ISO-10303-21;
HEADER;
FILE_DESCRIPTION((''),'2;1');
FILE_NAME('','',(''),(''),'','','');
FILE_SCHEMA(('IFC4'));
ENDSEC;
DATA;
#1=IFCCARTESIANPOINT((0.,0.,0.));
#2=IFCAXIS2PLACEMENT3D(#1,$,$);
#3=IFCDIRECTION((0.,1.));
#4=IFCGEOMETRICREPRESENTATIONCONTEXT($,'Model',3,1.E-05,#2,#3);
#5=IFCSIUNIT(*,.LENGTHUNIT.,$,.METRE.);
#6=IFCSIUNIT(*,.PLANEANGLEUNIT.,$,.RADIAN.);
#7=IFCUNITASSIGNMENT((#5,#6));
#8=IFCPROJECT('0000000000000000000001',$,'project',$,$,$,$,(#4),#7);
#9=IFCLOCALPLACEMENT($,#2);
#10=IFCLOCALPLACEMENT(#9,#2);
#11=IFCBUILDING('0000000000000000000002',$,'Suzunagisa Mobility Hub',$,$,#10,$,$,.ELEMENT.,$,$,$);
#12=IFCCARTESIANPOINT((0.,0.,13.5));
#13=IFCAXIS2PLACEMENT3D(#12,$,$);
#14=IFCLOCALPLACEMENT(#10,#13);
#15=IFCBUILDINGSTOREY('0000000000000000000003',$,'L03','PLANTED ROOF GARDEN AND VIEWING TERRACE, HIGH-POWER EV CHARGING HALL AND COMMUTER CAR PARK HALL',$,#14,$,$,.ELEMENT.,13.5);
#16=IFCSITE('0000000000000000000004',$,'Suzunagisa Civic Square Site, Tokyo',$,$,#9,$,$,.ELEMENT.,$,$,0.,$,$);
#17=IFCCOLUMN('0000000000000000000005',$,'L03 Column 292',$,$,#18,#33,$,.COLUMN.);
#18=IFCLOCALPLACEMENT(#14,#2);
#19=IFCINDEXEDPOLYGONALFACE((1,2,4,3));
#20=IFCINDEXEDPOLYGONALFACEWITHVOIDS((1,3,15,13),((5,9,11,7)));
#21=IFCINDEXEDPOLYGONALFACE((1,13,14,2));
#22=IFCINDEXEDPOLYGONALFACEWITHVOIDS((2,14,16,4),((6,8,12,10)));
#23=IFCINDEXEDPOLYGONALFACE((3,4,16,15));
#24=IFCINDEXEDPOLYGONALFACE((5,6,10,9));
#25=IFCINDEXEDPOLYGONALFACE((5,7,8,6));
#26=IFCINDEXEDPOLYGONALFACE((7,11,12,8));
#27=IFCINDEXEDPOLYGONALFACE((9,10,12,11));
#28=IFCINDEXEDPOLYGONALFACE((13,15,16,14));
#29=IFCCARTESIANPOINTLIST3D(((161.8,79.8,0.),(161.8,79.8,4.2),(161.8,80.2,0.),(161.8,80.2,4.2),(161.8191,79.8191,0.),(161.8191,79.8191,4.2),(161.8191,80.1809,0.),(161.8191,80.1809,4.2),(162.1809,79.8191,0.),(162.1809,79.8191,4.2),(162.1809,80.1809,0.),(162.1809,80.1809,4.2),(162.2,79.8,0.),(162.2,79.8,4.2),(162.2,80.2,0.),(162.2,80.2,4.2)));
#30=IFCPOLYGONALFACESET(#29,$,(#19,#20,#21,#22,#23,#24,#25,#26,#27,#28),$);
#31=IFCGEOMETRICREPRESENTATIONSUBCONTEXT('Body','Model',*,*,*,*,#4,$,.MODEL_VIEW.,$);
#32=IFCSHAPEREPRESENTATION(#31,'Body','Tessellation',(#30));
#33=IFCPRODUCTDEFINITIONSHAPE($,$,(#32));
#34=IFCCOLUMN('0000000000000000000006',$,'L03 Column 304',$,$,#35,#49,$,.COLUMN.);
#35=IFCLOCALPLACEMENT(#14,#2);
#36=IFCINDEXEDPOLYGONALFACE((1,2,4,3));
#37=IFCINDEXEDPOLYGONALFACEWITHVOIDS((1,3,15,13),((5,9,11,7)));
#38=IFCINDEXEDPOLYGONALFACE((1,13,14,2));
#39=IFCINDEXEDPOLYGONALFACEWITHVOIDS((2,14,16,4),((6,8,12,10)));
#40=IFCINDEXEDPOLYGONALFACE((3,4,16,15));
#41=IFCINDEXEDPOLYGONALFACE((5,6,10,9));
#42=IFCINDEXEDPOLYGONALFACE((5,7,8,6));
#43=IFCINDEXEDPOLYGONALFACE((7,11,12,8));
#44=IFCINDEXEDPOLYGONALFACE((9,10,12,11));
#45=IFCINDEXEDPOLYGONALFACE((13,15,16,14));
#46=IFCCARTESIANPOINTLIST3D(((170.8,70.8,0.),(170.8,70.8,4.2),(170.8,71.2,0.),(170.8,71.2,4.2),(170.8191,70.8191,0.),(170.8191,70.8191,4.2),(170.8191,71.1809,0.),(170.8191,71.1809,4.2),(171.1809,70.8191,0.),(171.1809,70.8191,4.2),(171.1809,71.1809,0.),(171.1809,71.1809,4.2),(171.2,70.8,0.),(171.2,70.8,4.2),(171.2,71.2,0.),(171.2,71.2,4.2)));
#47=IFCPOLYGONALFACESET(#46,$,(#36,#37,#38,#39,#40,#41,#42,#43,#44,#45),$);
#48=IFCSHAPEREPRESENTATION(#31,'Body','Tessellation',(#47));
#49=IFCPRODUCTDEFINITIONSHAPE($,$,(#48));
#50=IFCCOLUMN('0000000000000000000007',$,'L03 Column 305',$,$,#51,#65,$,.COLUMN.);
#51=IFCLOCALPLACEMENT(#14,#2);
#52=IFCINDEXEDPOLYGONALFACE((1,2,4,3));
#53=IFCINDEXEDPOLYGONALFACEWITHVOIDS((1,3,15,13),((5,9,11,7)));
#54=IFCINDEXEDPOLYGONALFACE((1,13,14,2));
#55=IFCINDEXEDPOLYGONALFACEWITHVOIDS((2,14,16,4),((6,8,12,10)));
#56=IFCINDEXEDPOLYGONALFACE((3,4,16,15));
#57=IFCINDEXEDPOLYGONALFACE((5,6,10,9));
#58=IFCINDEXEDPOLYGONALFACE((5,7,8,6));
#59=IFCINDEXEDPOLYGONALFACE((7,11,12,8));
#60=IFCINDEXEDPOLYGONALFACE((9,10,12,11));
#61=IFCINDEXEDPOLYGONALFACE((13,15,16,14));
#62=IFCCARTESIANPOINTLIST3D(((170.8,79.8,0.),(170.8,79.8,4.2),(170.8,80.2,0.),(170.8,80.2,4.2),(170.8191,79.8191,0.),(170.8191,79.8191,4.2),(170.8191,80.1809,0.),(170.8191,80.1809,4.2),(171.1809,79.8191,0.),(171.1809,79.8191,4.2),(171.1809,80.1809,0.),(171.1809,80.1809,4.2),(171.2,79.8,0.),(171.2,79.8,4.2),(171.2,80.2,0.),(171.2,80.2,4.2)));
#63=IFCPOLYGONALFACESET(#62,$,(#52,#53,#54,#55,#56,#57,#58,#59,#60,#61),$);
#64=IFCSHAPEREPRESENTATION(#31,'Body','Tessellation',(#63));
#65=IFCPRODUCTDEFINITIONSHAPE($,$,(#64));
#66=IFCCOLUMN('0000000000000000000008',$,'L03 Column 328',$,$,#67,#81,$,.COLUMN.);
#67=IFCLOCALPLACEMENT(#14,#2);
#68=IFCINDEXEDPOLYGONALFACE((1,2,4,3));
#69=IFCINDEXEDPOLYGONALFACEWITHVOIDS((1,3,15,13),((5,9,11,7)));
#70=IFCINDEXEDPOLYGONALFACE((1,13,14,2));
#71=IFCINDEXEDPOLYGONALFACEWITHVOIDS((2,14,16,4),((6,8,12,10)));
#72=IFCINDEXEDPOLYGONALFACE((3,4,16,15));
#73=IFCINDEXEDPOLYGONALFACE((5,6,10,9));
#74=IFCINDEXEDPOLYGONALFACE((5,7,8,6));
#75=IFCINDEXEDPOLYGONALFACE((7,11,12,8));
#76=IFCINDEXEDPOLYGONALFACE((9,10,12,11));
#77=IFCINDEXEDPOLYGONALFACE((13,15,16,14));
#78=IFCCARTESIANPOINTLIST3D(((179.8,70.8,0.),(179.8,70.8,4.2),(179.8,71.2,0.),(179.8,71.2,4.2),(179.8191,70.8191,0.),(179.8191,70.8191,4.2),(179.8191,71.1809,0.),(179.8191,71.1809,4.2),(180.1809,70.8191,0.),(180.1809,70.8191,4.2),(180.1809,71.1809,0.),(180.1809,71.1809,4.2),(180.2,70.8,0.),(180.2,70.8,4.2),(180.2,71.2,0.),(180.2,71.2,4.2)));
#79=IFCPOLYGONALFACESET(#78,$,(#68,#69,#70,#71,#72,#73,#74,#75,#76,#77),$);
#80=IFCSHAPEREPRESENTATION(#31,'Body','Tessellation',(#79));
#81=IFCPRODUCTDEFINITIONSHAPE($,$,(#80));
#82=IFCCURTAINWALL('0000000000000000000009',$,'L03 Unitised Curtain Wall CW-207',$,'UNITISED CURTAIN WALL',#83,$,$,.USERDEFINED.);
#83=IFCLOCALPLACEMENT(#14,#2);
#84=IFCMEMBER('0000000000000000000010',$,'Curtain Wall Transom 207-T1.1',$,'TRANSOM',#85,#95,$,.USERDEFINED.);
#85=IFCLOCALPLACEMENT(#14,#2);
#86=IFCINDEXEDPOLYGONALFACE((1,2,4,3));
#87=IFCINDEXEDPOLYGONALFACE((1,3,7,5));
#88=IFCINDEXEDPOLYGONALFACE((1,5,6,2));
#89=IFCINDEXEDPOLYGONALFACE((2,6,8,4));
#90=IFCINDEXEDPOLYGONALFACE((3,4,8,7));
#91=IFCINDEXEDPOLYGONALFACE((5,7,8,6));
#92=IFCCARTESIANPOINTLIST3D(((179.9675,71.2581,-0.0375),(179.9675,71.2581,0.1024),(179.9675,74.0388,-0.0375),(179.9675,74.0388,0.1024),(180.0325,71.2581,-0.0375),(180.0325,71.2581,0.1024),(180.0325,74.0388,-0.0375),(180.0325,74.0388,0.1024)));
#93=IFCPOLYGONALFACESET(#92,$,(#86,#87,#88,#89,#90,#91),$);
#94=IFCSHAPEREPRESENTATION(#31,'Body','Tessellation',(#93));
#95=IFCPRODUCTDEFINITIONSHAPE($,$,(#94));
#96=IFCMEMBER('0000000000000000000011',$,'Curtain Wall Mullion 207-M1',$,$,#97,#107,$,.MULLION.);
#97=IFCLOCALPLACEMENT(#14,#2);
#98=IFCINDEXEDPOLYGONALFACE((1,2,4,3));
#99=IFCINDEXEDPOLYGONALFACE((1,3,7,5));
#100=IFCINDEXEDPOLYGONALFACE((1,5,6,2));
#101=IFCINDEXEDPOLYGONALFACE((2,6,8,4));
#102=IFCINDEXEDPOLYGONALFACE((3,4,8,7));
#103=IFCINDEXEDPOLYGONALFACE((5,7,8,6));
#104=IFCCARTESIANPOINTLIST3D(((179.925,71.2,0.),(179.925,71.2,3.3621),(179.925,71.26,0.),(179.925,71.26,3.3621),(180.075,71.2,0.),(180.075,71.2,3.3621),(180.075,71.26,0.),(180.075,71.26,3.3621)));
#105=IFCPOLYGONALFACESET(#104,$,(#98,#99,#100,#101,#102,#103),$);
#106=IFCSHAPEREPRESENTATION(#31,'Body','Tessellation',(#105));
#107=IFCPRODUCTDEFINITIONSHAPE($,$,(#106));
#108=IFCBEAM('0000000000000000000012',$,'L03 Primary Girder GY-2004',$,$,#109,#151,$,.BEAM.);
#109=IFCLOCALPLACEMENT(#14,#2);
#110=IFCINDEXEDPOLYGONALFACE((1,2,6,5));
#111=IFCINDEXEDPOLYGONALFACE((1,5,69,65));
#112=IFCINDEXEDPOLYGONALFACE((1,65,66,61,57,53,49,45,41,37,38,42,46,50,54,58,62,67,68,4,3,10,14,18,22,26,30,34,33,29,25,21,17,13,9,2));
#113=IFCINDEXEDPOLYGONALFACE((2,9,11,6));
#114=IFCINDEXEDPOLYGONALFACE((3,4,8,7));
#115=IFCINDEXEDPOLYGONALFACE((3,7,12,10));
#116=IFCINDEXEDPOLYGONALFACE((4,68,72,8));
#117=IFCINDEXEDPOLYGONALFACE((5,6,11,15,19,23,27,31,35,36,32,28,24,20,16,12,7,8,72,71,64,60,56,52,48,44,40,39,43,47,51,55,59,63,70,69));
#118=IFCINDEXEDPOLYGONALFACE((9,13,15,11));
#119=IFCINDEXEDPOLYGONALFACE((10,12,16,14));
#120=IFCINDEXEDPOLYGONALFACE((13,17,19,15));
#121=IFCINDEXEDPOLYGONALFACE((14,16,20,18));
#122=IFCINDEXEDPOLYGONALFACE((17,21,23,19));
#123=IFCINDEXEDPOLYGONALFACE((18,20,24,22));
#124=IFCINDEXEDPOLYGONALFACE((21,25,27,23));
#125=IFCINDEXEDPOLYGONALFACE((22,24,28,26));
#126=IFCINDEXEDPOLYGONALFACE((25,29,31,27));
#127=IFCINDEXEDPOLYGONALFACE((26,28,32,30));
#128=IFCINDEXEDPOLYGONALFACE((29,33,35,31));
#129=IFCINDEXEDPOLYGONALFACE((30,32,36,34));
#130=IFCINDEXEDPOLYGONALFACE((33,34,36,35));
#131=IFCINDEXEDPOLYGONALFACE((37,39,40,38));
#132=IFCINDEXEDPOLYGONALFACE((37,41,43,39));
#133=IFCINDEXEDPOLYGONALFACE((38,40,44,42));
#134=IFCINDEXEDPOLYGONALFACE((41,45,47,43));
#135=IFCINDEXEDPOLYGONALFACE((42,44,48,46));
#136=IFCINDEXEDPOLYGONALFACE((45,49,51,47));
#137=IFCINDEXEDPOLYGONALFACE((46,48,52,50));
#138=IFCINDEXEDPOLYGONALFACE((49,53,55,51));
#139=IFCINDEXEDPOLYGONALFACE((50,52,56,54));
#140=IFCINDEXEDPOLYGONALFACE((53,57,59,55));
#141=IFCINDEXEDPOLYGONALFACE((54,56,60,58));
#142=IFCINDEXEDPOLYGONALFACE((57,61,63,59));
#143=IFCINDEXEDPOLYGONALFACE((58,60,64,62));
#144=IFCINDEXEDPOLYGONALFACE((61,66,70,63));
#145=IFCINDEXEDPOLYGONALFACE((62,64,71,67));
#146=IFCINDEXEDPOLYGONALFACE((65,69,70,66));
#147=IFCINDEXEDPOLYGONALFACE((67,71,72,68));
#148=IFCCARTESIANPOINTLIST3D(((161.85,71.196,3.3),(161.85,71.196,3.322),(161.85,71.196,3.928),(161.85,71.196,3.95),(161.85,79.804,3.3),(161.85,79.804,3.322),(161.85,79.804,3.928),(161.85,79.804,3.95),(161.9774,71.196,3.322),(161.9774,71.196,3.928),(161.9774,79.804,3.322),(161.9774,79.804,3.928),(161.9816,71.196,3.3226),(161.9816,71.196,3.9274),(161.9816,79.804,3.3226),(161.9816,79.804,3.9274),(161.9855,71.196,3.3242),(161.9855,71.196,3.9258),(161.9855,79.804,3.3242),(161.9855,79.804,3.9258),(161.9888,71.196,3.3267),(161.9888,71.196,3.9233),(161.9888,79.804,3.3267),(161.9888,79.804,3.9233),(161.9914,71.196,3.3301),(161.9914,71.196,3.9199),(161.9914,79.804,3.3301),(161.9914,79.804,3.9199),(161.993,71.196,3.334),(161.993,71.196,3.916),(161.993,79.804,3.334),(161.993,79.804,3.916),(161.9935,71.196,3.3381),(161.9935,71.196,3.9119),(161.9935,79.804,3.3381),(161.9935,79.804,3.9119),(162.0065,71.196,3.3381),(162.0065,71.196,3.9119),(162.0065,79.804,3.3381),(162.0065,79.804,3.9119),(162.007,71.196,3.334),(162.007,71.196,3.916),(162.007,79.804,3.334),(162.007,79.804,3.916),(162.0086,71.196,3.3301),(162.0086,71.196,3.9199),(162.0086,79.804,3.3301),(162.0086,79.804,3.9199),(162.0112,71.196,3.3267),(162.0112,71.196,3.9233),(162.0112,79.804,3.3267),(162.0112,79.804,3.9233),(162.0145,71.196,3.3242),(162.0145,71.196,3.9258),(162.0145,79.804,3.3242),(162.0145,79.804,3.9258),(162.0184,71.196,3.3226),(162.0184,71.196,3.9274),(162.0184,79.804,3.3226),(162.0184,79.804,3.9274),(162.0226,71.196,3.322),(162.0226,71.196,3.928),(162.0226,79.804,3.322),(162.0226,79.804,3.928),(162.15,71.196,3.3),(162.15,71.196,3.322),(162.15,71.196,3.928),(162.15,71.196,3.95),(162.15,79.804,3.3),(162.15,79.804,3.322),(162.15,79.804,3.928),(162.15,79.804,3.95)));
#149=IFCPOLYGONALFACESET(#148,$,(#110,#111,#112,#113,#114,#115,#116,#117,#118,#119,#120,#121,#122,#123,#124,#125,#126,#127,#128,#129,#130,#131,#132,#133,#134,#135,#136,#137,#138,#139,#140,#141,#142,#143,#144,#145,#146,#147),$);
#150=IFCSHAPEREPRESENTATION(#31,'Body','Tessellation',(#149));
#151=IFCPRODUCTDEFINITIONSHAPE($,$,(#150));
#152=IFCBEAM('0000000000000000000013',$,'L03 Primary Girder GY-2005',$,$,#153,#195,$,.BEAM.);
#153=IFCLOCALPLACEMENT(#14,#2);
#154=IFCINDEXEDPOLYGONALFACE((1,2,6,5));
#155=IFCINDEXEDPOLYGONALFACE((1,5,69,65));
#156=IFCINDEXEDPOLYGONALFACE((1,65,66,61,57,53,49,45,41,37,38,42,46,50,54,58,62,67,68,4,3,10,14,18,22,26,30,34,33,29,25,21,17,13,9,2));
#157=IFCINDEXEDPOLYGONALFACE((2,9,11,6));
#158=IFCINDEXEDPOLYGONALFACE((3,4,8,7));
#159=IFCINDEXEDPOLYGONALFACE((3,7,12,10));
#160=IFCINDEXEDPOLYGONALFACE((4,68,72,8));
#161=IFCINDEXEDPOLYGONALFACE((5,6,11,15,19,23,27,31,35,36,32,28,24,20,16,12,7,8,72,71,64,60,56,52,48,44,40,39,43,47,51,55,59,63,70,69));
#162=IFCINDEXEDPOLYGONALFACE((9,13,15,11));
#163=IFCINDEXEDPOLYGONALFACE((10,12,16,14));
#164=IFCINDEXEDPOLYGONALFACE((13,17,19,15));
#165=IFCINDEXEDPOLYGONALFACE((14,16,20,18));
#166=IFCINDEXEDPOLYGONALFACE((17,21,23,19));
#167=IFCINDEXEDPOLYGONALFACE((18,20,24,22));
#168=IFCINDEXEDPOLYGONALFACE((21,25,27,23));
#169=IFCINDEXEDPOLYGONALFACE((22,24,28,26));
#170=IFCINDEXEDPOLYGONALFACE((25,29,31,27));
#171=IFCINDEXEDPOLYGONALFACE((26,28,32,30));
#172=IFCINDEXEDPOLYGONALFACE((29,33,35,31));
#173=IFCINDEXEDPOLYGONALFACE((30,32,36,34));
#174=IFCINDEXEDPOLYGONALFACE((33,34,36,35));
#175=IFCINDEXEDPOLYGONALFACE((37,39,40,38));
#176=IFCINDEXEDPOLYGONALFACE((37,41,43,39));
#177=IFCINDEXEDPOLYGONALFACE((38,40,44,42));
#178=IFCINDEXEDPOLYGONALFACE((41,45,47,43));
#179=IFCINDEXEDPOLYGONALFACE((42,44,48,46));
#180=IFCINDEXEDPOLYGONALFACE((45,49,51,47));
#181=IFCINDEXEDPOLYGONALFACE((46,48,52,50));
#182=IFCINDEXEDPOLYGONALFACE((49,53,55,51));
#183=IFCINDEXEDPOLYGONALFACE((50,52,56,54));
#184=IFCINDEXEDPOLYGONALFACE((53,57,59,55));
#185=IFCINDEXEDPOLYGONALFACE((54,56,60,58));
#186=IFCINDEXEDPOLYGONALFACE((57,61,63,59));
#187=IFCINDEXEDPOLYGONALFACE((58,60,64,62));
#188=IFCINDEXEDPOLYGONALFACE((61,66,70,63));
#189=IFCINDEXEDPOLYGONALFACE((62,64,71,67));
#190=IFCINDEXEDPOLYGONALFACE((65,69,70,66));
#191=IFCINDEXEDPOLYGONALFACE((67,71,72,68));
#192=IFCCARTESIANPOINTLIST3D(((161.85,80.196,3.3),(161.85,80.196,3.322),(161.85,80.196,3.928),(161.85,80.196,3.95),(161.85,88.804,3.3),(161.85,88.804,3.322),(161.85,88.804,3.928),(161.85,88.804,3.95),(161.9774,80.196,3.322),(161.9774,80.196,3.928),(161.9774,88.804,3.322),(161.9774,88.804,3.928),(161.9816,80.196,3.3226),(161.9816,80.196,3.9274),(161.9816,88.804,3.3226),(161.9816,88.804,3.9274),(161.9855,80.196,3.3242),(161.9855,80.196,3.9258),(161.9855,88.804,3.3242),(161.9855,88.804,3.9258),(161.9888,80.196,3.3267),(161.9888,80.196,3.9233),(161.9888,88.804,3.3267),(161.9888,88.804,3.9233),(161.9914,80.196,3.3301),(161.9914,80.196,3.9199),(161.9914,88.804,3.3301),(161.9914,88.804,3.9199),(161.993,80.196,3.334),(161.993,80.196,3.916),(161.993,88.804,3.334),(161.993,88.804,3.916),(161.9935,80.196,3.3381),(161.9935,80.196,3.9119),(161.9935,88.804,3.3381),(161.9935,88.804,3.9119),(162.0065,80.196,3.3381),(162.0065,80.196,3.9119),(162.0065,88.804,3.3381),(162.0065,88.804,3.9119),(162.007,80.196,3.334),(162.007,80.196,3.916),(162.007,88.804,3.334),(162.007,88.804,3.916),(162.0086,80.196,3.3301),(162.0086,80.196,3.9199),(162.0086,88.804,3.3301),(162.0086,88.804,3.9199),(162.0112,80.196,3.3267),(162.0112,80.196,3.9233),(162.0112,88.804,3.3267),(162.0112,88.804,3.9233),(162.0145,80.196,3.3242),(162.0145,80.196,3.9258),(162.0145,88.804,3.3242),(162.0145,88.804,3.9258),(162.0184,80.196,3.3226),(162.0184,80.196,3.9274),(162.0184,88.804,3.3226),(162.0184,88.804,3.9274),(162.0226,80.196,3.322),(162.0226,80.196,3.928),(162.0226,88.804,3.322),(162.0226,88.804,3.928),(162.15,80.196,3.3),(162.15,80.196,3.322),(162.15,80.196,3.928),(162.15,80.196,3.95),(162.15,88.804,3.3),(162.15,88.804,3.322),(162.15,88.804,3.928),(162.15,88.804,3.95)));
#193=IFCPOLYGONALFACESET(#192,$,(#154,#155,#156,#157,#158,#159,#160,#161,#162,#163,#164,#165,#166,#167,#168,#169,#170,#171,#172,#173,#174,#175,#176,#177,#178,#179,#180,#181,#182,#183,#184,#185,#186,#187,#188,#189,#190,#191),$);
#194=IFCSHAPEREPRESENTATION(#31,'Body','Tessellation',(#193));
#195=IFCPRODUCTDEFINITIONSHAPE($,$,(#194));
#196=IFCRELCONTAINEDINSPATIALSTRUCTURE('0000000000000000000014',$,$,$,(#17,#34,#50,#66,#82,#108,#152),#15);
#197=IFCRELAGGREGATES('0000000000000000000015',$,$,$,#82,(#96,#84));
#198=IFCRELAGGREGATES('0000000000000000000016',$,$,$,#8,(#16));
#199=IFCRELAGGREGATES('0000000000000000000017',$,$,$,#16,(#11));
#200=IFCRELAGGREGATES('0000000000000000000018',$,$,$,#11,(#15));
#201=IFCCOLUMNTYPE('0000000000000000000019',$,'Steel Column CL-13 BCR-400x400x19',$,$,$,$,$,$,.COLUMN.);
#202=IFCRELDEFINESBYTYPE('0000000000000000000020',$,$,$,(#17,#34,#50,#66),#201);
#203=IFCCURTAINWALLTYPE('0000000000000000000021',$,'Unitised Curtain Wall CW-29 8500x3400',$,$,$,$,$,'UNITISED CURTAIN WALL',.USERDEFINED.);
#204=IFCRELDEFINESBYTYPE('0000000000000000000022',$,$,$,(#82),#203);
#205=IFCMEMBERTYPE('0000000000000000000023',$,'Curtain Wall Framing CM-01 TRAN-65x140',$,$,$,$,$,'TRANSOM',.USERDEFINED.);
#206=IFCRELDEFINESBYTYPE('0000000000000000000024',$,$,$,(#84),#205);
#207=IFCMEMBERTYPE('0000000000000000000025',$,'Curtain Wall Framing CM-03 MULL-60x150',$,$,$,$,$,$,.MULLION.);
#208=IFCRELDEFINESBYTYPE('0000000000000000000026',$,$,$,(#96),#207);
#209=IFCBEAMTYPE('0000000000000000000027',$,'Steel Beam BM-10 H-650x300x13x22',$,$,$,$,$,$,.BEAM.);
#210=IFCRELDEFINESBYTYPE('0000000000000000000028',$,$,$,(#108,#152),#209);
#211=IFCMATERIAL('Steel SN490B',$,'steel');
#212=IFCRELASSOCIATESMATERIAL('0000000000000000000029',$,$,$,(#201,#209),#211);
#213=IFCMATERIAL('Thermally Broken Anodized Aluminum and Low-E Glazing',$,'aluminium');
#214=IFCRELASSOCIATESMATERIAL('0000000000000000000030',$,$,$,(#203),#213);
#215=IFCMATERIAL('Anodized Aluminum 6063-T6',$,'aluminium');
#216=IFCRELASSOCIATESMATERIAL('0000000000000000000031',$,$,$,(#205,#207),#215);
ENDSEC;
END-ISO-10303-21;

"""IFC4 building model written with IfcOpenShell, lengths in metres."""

from ifc_helpers import new_model, si_unit, direction, frame, origin, origin_2d, place, context, subcontext, project, spatial, rectangle, hollow_rectangle, i_section, extrude, material, material_profile, profile_set, type_object, element, aggregate, save


model = new_model("IFC4")

# Units and contexts
model_context = context("Model", 3, precision=1e-05, world=origin(), true_north=direction((0.0, 1.0)))
body_context = subcontext(model_context, "Body", "Model", "MODEL_VIEW")
ifc_project = project(units=[si_unit("LENGTHUNIT", "METRE"), si_unit("PLANEANGLEUNIT", "RADIAN")], contexts=[model_context])

# Site, building, storey
site_placement = place(None, origin())
site = spatial("IfcSite", under=ifc_project, at=site_placement, Name="Suzunagisa Civic Square Site, Tokyo", CompositionType="ELEMENT", RefElevation=0.0)
building_placement = place(site_placement, origin())
building = spatial("IfcBuilding", under=site, at=building_placement, Name="Suzunagisa Mobility Hub", CompositionType="ELEMENT")
storey_placement = place(building_placement, frame((0.0, 0.0, 13.5)))
storey = spatial("IfcBuildingStorey", under=building, at=storey_placement, Name="L03", Description="PLANTED ROOF GARDEN AND VIEWING TERRACE, HIGH-POWER EV CHARGING HALL AND COMMUTER CAR PARK HALL", CompositionType="ELEMENT", Elevation=13.5)

# Columns
ifc_material_1 = material(Name="Steel SN490B", Category="steel")
ifc_material_profile_1 = material_profile(ifc_material_1, hollow_rectangle(XDim=0.3999, YDim=0.3999, WallThickness=0.019, at=origin_2d()), Name="BCR-400x400x19")
ifc_profile_set_1 = profile_set([ifc_material_profile_1], Name="Steel SN490B")
column_type = type_object("IfcColumnType", Name="Steel Column CL-13 BCR-400x400x19", PredefinedType="COLUMN", material=ifc_profile_set_1)
for number, where, z_axis, x_axis, name in (
    (1, (162.0, 80.0, 0.0), (0.0, 0.0, 1.0), (1.0, 0.0, 0.0), "L03 Column 292"),
    (2, (171.0, 71.0, 0.0), (0.0, 0.0, 1.0), (1.0, 0.0, 0.0), "L03 Column 304"),
    (3, (171.0, 80.0, 0.0), (0.0, 0.0, 1.0), (1.0, 0.0, 0.0), "L03 Column 305"),
    (4, (180.0, 71.0, 0.0), (0.0, 0.0, 1.0), (1.0, 0.0, 0.0), "L03 Column 328"),
):
    element("IfcColumn", number, at=place(storey_placement, frame(where, z_axis=z_axis, x_axis=x_axis)), inside=storey, type_object=column_type, Name=name, PredefinedType="COLUMN", context=body_context, shape_type="SweptSolid", body=[
        extrude(hollow_rectangle(XDim=0.3999, YDim=0.3999, WallThickness=0.019, at=origin_2d()), origin(), (0.0, 0.0, 1.0), 4.2),
    ])

# Curtain wall, members
ifc_material_2 = material(Name="Thermally Broken Anodized Aluminum and Low-E Glazing", Category="aluminium")
curtain_wall_type = type_object("IfcCurtainWallType", Name="Unitised Curtain Wall CW-29 8500x3400", ElementType="UNITISED CURTAIN WALL", PredefinedType="USERDEFINED", material=ifc_material_2)
curtain_wall_placement = place(storey_placement, origin())
curtain_wall = element("IfcCurtainWall", 5, at=curtain_wall_placement, inside=storey, type_object=curtain_wall_type, Name="L03 Unitised Curtain Wall CW-207", ObjectType="UNITISED CURTAIN WALL", PredefinedType="USERDEFINED")
ifc_material_3 = material(Name="Anodized Aluminum 6063-T6", Category="aluminium")
ifc_material_profile_2 = material_profile(ifc_material_3, rectangle(XDim=0.0649, YDim=0.1399, at=origin_2d()), Name="TRAN-65x140")
ifc_profile_set_2 = profile_set([ifc_material_profile_2], Name="Anodized Aluminum 6063-T6")
member_type_1 = type_object("IfcMemberType", Name="Curtain Wall Framing CM-01 TRAN-65x140", ElementType="TRANSOM", PredefinedType="USERDEFINED", material=ifc_profile_set_2)
member_1_placement = place(storey_placement, frame((180.0, 71.2581, 0.0325), z_axis=(0.0, 1.0, 0.0), x_axis=(-1.0, 0.0, 0.0)))
member_1 = element("IfcMember", 6, at=member_1_placement, type_object=member_type_1, Name="Curtain Wall Transom 207-T1.1", ObjectType="TRANSOM", PredefinedType="USERDEFINED", context=body_context, shape_type="SweptSolid", body=[
    extrude(rectangle(XDim=0.0649, YDim=0.1399, at=origin_2d()), origin(), (0.0, 0.0, 1.0), 2.7808),
])
ifc_material_profile_3 = material_profile(ifc_material_3, rectangle(XDim=0.0601, YDim=0.1499, at=origin_2d()), Name="MULL-60x150")
ifc_profile_set_3 = profile_set([ifc_material_profile_3], Name="Anodized Aluminum 6063-T6")
member_type_2 = type_object("IfcMemberType", Name="Curtain Wall Framing CM-03 MULL-60x150", PredefinedType="MULLION", material=ifc_profile_set_3)
member_2_placement = place(storey_placement, frame((180.0, 71.23, 0.0), z_axis=(0.0, 0.0, 1.0), x_axis=(0.0, 1.0, 0.0)))
member_2 = element("IfcMember", 7, at=member_2_placement, type_object=member_type_2, Name="Curtain Wall Mullion 207-M1", PredefinedType="MULLION", context=body_context, shape_type="SweptSolid", body=[
    extrude(rectangle(XDim=0.0601, YDim=0.1499, at=origin_2d()), origin(), (0.0, 0.0, 1.0), 3.3621),
])
aggregate(curtain_wall, [member_2, member_1])

# Beams
ifc_material_profile_4 = material_profile(ifc_material_1, i_section(OverallWidth=0.3, OverallDepth=0.6499, WebThickness=0.0129, FlangeThickness=0.022, FilletRadius=0.0161, at=origin_2d()), Name="H-650x300x13x22")
ifc_profile_set_4 = profile_set([ifc_material_profile_4], Name="Steel SN490B")
beam_type_1 = type_object("IfcBeamType", Name="Steel Beam BM-10 H-650x300x13x22", PredefinedType="BEAM", material=ifc_profile_set_4)
for number, where, z_axis, x_axis, name in (
    (8, (162.0, 71.196, 3.625), (0.0, 1.0, 0.0), (-1.0, 0.0, 0.0), "L03 Primary Girder GY-2004"),
    (9, (162.0, 80.196, 3.625), (0.0, 1.0, 0.0), (-1.0, 0.0, 0.0), "L03 Primary Girder GY-2005"),
):
    element("IfcBeam", number, at=place(storey_placement, frame(where, z_axis=z_axis, x_axis=x_axis)), inside=storey, type_object=beam_type_1, Name=name, PredefinedType="BEAM", context=body_context, shape_type="SweptSolid", body=[
        extrude(i_section(OverallWidth=0.3, OverallDepth=0.6499, WebThickness=0.0129, FlangeThickness=0.022, FilletRadius=0.0161, at=origin_2d()), origin(), (0.0, 0.0, 1.0), 8.6079),
    ])

save(model, "model.ifc")
